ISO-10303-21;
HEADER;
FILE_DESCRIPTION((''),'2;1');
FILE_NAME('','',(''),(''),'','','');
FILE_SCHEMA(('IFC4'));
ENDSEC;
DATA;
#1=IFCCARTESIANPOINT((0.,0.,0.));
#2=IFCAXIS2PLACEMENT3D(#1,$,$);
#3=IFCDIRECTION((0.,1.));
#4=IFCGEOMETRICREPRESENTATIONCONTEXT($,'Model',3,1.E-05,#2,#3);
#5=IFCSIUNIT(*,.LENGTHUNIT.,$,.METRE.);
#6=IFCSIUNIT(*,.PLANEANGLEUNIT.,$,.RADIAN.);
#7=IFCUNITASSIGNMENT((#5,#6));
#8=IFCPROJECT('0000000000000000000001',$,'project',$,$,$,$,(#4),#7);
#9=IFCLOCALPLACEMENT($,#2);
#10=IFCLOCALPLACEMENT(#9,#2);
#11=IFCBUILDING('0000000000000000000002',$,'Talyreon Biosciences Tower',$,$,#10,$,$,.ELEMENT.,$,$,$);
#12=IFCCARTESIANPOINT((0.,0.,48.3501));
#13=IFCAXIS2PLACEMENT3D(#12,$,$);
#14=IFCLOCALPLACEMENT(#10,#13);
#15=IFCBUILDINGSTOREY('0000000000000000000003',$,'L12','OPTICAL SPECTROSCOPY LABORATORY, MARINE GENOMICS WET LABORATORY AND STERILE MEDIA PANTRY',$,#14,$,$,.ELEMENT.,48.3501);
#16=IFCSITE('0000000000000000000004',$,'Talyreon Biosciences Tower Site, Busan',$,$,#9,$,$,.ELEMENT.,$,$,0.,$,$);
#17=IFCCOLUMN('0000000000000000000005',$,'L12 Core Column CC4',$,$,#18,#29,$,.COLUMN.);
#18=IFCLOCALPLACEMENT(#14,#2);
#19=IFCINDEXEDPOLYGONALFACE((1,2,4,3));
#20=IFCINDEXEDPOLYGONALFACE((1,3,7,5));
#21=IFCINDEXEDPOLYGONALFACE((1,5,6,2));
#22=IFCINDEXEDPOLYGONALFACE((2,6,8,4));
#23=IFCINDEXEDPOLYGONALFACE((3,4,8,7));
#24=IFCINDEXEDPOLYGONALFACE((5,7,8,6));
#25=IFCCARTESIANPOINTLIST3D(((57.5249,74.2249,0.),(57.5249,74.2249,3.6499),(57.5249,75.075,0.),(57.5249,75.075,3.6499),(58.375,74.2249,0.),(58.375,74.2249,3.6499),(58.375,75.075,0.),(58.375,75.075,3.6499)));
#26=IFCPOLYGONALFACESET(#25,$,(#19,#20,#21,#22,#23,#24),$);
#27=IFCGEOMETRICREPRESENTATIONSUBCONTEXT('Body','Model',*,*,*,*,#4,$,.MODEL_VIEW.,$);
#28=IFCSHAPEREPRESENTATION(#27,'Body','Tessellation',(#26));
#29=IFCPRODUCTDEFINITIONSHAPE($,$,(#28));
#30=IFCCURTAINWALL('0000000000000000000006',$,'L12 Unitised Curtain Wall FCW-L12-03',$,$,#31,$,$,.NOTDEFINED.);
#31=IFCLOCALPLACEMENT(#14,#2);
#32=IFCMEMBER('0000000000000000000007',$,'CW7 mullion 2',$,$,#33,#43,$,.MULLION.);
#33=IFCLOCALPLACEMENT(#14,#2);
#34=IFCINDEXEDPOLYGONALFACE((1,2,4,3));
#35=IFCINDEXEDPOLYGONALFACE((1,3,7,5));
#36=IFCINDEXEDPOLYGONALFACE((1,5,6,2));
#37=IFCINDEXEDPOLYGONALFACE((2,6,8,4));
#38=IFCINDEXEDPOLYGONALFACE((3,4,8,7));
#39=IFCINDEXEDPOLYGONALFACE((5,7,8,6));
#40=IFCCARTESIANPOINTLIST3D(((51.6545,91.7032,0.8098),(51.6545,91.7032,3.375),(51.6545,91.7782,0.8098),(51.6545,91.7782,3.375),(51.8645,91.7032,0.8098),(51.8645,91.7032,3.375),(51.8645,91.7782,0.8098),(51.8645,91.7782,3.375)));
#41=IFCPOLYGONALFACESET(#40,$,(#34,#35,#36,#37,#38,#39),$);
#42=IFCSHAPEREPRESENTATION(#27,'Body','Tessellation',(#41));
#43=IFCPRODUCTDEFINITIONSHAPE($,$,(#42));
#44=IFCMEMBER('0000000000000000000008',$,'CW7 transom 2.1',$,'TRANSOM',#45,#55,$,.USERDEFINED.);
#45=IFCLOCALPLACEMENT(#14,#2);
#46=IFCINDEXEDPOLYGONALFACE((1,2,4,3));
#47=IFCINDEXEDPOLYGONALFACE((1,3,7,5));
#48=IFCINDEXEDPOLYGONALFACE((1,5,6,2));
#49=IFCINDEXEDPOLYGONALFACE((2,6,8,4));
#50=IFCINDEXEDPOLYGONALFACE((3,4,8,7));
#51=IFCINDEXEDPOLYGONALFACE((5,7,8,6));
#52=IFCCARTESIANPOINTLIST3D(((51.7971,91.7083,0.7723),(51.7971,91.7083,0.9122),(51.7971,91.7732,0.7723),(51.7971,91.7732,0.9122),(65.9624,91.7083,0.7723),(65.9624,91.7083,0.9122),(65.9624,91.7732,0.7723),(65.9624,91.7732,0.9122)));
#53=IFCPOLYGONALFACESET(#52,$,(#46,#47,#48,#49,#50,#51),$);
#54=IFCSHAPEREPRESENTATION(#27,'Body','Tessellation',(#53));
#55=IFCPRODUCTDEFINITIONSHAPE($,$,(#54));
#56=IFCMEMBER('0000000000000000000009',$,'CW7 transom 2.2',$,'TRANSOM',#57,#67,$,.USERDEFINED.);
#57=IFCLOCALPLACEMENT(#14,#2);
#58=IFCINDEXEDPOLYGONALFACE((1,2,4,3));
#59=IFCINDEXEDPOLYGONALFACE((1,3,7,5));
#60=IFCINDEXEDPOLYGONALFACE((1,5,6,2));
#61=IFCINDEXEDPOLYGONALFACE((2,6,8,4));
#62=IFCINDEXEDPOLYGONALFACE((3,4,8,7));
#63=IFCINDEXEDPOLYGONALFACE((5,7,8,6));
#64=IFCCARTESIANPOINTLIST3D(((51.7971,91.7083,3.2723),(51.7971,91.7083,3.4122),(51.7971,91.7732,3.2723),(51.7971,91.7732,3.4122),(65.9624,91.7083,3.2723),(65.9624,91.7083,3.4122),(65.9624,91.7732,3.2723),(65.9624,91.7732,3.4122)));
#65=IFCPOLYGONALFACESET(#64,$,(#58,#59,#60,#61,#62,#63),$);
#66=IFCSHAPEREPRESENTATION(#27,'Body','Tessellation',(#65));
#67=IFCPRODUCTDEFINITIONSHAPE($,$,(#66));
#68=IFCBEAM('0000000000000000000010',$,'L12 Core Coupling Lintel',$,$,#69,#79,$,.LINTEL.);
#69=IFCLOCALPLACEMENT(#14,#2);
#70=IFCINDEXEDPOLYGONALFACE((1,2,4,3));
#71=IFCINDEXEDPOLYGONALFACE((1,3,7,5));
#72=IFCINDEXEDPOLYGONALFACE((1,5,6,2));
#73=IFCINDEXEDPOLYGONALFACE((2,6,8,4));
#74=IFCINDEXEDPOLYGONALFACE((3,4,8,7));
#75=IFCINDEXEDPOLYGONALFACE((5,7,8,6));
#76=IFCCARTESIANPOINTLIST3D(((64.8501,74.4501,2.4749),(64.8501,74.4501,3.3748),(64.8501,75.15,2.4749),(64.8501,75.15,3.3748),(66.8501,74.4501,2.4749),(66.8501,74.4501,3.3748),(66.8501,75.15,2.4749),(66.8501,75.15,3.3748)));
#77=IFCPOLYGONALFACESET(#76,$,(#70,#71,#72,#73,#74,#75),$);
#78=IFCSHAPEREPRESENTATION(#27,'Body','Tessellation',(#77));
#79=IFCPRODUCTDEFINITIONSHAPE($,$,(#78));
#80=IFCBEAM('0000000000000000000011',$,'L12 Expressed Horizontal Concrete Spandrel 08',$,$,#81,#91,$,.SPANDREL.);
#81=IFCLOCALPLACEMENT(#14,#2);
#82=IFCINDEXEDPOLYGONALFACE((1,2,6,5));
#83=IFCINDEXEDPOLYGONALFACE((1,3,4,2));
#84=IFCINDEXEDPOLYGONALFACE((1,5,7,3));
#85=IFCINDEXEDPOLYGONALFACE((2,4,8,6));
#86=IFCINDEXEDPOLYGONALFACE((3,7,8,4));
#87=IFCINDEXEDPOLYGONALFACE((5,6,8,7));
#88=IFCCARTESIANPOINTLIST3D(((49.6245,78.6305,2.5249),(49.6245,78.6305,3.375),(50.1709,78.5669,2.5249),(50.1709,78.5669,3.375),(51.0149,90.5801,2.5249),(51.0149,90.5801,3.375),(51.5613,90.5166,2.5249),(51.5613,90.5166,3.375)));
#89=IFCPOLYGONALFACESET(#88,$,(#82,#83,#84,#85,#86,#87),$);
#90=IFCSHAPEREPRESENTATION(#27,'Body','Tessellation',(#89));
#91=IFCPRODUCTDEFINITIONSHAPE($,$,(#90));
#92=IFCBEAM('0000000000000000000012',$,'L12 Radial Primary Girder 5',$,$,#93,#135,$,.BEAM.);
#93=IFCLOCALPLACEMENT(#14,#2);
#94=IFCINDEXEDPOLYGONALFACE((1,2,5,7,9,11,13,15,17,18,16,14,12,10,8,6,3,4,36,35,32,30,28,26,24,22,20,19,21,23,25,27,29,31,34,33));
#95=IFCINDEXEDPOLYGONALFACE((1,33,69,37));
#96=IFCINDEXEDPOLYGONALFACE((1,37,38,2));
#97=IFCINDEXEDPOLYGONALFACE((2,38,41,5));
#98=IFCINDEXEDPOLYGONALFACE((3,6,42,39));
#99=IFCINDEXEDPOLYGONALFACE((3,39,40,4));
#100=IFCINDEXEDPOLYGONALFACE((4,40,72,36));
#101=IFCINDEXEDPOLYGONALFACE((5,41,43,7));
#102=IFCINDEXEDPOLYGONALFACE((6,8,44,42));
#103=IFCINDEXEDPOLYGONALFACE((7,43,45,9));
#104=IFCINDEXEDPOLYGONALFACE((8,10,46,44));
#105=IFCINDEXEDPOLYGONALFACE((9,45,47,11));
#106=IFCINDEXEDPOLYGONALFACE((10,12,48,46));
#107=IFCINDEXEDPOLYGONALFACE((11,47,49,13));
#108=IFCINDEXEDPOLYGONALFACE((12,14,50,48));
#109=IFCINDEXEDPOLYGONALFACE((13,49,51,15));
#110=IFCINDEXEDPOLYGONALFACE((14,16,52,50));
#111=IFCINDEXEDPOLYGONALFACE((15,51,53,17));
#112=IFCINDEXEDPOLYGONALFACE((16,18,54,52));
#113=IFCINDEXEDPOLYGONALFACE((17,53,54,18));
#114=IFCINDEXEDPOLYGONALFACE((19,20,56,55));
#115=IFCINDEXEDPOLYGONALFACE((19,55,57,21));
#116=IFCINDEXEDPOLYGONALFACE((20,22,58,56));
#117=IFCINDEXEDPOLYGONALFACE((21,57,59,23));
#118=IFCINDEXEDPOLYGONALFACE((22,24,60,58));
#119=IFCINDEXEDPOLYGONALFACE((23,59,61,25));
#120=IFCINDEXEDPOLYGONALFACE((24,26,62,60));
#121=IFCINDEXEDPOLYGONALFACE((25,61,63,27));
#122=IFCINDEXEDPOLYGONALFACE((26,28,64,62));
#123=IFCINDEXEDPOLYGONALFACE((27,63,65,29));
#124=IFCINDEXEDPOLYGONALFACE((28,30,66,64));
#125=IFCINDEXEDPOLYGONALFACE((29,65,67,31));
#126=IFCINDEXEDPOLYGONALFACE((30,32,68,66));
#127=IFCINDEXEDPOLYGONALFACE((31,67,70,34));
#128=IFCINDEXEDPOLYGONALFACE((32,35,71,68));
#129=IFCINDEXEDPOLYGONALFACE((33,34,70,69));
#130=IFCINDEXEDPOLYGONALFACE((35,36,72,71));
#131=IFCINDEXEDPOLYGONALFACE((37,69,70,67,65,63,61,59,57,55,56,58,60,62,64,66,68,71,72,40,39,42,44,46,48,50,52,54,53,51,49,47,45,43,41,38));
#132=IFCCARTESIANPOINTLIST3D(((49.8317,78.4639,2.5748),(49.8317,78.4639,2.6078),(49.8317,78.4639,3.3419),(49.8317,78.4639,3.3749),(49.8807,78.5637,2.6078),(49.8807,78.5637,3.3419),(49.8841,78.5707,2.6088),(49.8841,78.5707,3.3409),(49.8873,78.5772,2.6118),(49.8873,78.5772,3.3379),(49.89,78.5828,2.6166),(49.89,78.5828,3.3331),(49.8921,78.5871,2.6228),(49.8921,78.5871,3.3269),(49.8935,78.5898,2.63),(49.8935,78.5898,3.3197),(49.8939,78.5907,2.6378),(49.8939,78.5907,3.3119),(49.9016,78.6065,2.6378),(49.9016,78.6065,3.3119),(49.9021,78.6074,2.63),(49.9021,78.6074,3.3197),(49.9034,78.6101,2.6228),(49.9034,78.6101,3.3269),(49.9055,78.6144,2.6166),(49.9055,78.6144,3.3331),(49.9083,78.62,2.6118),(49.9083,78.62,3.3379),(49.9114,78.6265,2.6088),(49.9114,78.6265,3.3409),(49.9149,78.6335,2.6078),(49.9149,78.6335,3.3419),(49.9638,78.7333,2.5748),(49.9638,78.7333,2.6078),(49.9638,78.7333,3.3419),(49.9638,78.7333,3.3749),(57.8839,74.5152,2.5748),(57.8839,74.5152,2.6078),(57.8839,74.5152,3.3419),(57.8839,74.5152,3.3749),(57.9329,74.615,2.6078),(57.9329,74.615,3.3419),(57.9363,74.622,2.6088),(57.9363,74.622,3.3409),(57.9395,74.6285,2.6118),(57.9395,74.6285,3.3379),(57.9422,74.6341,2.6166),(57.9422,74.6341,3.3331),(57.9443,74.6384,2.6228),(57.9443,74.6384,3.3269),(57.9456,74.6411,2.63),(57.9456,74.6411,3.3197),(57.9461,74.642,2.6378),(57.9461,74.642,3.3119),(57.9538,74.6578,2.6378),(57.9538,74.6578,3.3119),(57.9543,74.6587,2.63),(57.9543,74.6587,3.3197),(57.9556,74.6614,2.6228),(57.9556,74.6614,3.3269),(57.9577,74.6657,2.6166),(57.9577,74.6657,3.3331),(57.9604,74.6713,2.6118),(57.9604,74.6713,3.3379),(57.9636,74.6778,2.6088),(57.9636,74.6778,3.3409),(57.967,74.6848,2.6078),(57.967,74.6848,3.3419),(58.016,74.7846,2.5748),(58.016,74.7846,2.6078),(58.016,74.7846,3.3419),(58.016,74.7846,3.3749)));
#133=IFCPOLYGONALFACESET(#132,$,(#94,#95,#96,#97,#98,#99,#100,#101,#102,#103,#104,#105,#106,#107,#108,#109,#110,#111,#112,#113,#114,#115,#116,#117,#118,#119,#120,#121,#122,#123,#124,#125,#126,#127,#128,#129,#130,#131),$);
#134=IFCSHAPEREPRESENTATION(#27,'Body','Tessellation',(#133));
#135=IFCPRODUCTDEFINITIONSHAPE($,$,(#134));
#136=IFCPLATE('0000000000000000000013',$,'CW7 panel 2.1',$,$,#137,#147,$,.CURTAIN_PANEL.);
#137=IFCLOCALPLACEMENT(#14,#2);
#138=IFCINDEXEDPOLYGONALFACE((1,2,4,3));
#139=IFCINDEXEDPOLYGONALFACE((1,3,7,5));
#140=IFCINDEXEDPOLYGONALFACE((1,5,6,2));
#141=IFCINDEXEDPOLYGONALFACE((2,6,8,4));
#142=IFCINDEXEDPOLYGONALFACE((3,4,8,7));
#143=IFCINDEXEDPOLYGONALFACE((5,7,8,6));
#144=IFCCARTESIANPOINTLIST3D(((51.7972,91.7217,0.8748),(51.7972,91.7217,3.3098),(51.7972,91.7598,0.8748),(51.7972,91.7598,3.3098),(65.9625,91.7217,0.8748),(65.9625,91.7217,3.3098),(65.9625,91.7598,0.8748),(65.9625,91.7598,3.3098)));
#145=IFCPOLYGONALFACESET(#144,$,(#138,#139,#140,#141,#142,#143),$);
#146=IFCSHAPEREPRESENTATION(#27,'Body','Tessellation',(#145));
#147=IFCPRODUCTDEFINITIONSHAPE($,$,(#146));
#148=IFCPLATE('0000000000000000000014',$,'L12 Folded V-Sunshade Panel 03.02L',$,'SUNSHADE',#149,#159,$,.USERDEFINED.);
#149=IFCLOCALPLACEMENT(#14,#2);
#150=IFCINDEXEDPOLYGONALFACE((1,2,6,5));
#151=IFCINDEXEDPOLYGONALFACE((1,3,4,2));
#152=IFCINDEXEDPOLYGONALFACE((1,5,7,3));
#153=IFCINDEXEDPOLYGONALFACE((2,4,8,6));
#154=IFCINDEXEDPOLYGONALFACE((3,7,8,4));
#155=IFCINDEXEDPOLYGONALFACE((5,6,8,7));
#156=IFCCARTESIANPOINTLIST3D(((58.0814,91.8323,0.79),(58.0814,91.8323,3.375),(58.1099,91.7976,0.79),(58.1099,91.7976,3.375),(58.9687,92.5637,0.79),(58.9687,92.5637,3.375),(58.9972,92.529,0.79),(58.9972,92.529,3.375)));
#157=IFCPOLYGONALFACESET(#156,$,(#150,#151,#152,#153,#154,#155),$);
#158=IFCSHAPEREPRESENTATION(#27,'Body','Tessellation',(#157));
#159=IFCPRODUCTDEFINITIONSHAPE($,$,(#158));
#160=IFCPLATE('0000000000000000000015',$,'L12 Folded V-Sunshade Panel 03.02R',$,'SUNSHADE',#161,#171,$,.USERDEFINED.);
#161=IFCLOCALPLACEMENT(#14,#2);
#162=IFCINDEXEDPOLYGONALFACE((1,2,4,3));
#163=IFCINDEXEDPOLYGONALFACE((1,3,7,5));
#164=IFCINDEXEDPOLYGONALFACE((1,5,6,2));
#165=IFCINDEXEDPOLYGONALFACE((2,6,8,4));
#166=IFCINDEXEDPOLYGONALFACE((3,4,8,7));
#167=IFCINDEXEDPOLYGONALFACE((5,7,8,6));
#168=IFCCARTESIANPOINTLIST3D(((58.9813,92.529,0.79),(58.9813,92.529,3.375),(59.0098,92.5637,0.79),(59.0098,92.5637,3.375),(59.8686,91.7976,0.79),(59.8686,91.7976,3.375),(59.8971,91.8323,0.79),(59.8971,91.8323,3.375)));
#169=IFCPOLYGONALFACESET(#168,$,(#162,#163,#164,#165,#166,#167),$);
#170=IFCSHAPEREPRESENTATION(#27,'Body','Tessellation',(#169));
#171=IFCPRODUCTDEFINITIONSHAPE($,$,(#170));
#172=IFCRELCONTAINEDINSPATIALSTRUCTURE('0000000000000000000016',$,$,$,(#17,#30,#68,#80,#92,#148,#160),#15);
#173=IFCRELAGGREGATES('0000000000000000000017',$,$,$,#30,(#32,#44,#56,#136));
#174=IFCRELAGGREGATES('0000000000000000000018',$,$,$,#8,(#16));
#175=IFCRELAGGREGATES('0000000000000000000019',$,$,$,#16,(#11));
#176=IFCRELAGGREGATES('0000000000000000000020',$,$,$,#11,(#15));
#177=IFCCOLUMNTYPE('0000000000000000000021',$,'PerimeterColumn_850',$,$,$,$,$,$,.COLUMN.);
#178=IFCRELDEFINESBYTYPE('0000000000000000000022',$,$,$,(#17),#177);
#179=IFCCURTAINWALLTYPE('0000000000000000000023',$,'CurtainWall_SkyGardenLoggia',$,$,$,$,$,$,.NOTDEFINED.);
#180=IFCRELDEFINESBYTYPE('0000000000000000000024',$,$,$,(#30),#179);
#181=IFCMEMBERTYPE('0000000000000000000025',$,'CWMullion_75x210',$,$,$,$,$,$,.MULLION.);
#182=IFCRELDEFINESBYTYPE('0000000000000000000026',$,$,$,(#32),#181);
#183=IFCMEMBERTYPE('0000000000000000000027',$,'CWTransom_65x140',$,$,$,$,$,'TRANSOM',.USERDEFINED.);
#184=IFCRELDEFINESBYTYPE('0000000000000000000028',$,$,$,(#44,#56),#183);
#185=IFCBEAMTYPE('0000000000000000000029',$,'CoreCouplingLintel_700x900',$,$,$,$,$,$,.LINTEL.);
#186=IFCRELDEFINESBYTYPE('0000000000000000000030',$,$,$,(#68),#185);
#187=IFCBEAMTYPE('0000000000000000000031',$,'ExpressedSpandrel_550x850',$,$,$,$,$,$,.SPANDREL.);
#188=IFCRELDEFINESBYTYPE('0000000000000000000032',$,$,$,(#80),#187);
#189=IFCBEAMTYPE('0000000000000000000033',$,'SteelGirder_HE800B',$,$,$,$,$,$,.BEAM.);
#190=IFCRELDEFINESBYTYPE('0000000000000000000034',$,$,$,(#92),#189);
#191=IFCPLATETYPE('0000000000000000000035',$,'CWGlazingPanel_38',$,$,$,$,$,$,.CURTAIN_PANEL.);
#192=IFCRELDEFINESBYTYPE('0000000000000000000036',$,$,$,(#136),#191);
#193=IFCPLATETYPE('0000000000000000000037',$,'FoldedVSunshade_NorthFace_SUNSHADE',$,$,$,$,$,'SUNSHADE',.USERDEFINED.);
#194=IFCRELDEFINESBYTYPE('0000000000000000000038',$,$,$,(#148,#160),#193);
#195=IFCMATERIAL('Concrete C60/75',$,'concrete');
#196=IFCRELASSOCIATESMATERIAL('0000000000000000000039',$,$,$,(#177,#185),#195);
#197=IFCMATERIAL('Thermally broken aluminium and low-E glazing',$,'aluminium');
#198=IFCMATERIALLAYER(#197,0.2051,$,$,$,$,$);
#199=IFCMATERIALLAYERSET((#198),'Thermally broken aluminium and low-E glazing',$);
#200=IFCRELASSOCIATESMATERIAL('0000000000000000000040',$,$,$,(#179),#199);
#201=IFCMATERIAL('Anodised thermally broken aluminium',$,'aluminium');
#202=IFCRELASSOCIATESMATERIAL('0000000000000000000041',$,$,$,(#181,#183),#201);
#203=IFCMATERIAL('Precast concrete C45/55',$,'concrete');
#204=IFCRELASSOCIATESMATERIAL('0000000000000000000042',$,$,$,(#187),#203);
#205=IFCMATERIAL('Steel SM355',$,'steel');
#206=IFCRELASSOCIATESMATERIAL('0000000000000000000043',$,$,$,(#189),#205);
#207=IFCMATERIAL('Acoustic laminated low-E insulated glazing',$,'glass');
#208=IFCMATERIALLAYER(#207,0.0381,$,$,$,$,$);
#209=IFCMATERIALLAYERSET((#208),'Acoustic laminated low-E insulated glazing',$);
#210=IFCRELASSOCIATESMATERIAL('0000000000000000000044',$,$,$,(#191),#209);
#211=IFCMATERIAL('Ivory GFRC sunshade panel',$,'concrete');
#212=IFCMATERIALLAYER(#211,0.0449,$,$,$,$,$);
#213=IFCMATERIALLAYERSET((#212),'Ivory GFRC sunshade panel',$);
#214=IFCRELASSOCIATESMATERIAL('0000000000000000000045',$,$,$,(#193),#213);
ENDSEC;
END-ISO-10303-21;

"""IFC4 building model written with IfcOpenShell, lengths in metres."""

from ifc_helpers import new_model, si_unit, direction, frame, origin, origin_2d, place, context, subcontext, project, spatial, rectangle, i_section, extrude, material, layer, layer_set, material_profile, profile_set, type_object, element, aggregate, save


model = new_model("IFC4")

# Units and contexts
model_context = context("Model", 3, precision=1e-05, world=origin(), true_north=direction((0.0, 1.0)))
body_context = subcontext(model_context, "Body", "Model", "MODEL_VIEW")
ifc_project = project(units=[si_unit("LENGTHUNIT", "METRE"), si_unit("PLANEANGLEUNIT", "RADIAN")], contexts=[model_context])

# Site, building, storey
site_placement = place(None, origin())
site = spatial("IfcSite", under=ifc_project, at=site_placement, Name="Talyreon Biosciences Tower Site, Busan", CompositionType="ELEMENT", RefElevation=0.0)
building_placement = place(site_placement, origin())
building = spatial("IfcBuilding", under=site, at=building_placement, Name="Talyreon Biosciences Tower", CompositionType="ELEMENT")
storey_placement = place(building_placement, frame((0.0, 0.0, 48.3501)))
storey = spatial("IfcBuildingStorey", under=building, at=storey_placement, Name="L12", Description="OPTICAL SPECTROSCOPY LABORATORY, MARINE GENOMICS WET LABORATORY AND STERILE MEDIA PANTRY", CompositionType="ELEMENT", Elevation=48.3501)

# Column
ifc_material_1 = material(Name="Concrete C60/75", Category="concrete")
ifc_material_profile_1 = material_profile(ifc_material_1, rectangle(XDim=0.8501, YDim=0.8501, at=origin_2d()), Name="RC 850x850")
ifc_profile_set_1 = profile_set([ifc_material_profile_1], Name="Concrete C60/75")
column_type = type_object("IfcColumnType", Name="PerimeterColumn_850", PredefinedType="COLUMN", material=ifc_profile_set_1)
column_placement = place(storey_placement, frame((57.95, 74.6499, 0.0), z_axis=(0.0, 0.0, 1.0), x_axis=(1.0, 0.0, 0.0)))
element("IfcColumn", 1, at=column_placement, inside=storey, type_object=column_type, Name="L12 Core Column CC4", PredefinedType="COLUMN", context=body_context, shape_type="SweptSolid", body=[
    extrude(rectangle(XDim=0.8501, YDim=0.8501, at=origin_2d()), origin(), (0.0, 0.0, 1.0), 3.6499),
])

# Curtain wall, members
ifc_material_2 = material(Name="Thermally broken aluminium and low-E glazing", Category="aluminium")
ifc_layer_1 = layer(ifc_material_2, 0.2051)
ifc_layer_set_1 = layer_set([ifc_layer_1], Name="Thermally broken aluminium and low-E glazing")
curtain_wall_type = type_object("IfcCurtainWallType", Name="CurtainWall_SkyGardenLoggia", PredefinedType="NOTDEFINED", material=ifc_layer_set_1)
curtain_wall_placement = place(storey_placement, origin())
curtain_wall = element("IfcCurtainWall", 2, at=curtain_wall_placement, inside=storey, type_object=curtain_wall_type, Name="L12 Unitised Curtain Wall FCW-L12-03", PredefinedType="NOTDEFINED")
ifc_material_3 = material(Name="Anodised thermally broken aluminium", Category="aluminium")
ifc_material_profile_2 = material_profile(ifc_material_3, rectangle(XDim=0.075, YDim=0.21, at=origin_2d()), Name="ALUM MULLION 75x210")
ifc_profile_set_2 = profile_set([ifc_material_profile_2], Name="Anodised thermally broken aluminium")
member_type_1 = type_object("IfcMemberType", Name="CWMullion_75x210", PredefinedType="MULLION", material=ifc_profile_set_2)
member_1_placement = place(storey_placement, frame((51.7595, 91.7407, 0.8098), z_axis=(0.0, 0.0, 1.0), x_axis=(0.0, 1.0, 0.0)))
member_1 = element("IfcMember", 3, at=member_1_placement, type_object=member_type_1, Name="CW7 mullion 2", PredefinedType="MULLION", context=body_context, shape_type="SweptSolid", body=[
    extrude(rectangle(XDim=0.075, YDim=0.21, at=origin_2d()), origin(), (0.0, 0.0, 1.0), 2.5652),
])
ifc_material_profile_3 = material_profile(ifc_material_3, rectangle(XDim=0.0649, YDim=0.1399, at=origin_2d()), Name="ALUM TRANSOM 65x140")
ifc_profile_set_3 = profile_set([ifc_material_profile_3], Name="Anodised thermally broken aluminium")
member_type_2 = type_object("IfcMemberType", Name="CWTransom_65x140", ElementType="TRANSOM", PredefinedType="USERDEFINED", material=ifc_profile_set_3)
member_2_placement = place(storey_placement, frame((51.7971, 91.7407, 0.8423), z_axis=(1.0, 0.0, 0.0), x_axis=(0.0, 1.0, 0.0)))
member_2 = element("IfcMember", 4, at=member_2_placement, type_object=member_type_2, Name="CW7 transom 2.1", ObjectType="TRANSOM", PredefinedType="USERDEFINED", context=body_context, shape_type="SweptSolid", body=[
    extrude(rectangle(XDim=0.0649, YDim=0.1399, at=origin_2d()), origin(), (0.0, 0.0, 1.0), 14.1653),
])
member_3_placement = place(storey_placement, frame((51.7971, 91.7407, 3.3423), z_axis=(1.0, 0.0, 0.0), x_axis=(0.0, 1.0, 0.0)))
member_3 = element("IfcMember", 5, at=member_3_placement, type_object=member_type_2, Name="CW7 transom 2.2", ObjectType="TRANSOM", PredefinedType="USERDEFINED", context=body_context, shape_type="SweptSolid", body=[
    extrude(rectangle(XDim=0.0649, YDim=0.1399, at=origin_2d()), origin(), (0.0, 0.0, 1.0), 14.1653),
])

# Beams
ifc_material_profile_4 = material_profile(ifc_material_1, rectangle(XDim=0.7, YDim=0.8999, at=origin_2d()), Name="RCB 700x900")
ifc_profile_set_4 = profile_set([ifc_material_profile_4], Name="Concrete C60/75")
beam_type_1 = type_object("IfcBeamType", Name="CoreCouplingLintel_700x900", PredefinedType="LINTEL", material=ifc_profile_set_4)
beam_1_placement = place(storey_placement, frame((64.8501, 74.8, 2.9248), z_axis=(1.0, 0.0, 0.0), x_axis=(0.0, 1.0, 0.0)))
element("IfcBeam", 6, at=beam_1_placement, inside=storey, type_object=beam_type_1, Name="L12 Core Coupling Lintel", PredefinedType="LINTEL", context=body_context, shape_type="SweptSolid", body=[
    extrude(rectangle(XDim=0.7, YDim=0.8999, at=origin_2d()), origin(), (0.0, 0.0, 1.0), 2.0),
])
ifc_material_4 = material(Name="Precast concrete C45/55", Category="concrete")
ifc_material_profile_5 = material_profile(ifc_material_4, rectangle(XDim=0.55, YDim=0.8501, at=origin_2d()), Name="RCB 550x850")
ifc_profile_set_5 = profile_set([ifc_material_profile_5], Name="Precast concrete C45/55")
beam_type_2 = type_object("IfcBeamType", Name="ExpressedSpandrel_550x850", PredefinedType="SPANDREL", material=ifc_profile_set_5)
beam_2_placement = place(storey_placement, frame((51.2881, 90.5483, 2.95), z_axis=(-0.115573, -0.993299, 0.0), x_axis=(0.993299, -0.115573, 0.0)))
element("IfcBeam", 7, at=beam_2_placement, inside=storey, type_object=beam_type_2, Name="L12 Expressed Horizontal Concrete Spandrel 08", PredefinedType="SPANDREL", context=body_context, shape_type="SweptSolid", body=[
    extrude(rectangle(XDim=0.55, YDim=0.8501, at=origin_2d()), origin(), (0.0, 0.0, 1.0), 12.0303),
])
ifc_material_5 = material(Name="Steel SM355", Category="steel")
ifc_material_profile_6 = material_profile(ifc_material_5, i_section(OverallWidth=0.3, OverallDepth=0.8, WebThickness=0.0176, FlangeThickness=0.033, FilletRadius=0.03, at=origin_2d()), Name="HE800B")
ifc_profile_set_6 = profile_set([ifc_material_profile_6], Name="Steel SM355")
beam_type_3 = type_object("IfcBeamType", Name="SteelGirder_HE800B", PredefinedType="BEAM", material=ifc_profile_set_6)
beam_3_placement = place(storey_placement, frame((57.95, 74.6499, 2.9749), z_axis=(-0.897852, 0.440297, 0.0), x_axis=(-0.440297, -0.897852, 0.0)))
element("IfcBeam", 8, at=beam_3_placement, inside=storey, type_object=beam_type_3, Name="L12 Radial Primary Girder 5", PredefinedType="BEAM", context=body_context, shape_type="SweptSolid", body=[
    extrude(i_section(OverallWidth=0.3, OverallDepth=0.8, WebThickness=0.0176, FlangeThickness=0.033, FilletRadius=0.03, at=origin_2d()), origin(), (0.0, 0.0, 1.0), 8.9683),
])

# Plate
ifc_material_6 = material(Name="Acoustic laminated low-E insulated glazing", Category="glass")
ifc_layer_2 = layer(ifc_material_6, 0.0381)
ifc_layer_set_2 = layer_set([ifc_layer_2], Name="Acoustic laminated low-E insulated glazing")
plate_type_1 = type_object("IfcPlateType", Name="CWGlazingPanel_38", PredefinedType="CURTAIN_PANEL", material=ifc_layer_set_2)
plate_placement = place(storey_placement, frame((58.8799, 91.7407, 0.8748), z_axis=(0.0, 0.0, 1.0), x_axis=(1.0, 0.0, 0.0)))
plate = element("IfcPlate", 9, at=plate_placement, type_object=plate_type_1, Name="CW7 panel 2.1", PredefinedType="CURTAIN_PANEL", context=body_context, shape_type="SweptSolid", body=[
    extrude(rectangle(XDim=14.1653, YDim=0.0381, at=origin_2d()), origin(), (0.0, 0.0, 1.0), 2.4351),
])
aggregate(curtain_wall, [member_1, member_2, member_3, plate])

# Plates
ifc_material_7 = material(Name="Ivory GFRC sunshade panel", Category="concrete")
ifc_layer_3 = layer(ifc_material_7, 0.0449)
ifc_layer_set_3 = layer_set([ifc_layer_3], Name="Ivory GFRC sunshade panel")
plate_type_2 = type_object("IfcPlateType", Name="FoldedVSunshade_NorthFace_SUNSHADE", ElementType="SUNSHADE", PredefinedType="USERDEFINED", material=ifc_layer_set_3)
for number, where, z_axis, x_axis, name in (
    (10, (58.5393, 92.1807, 0.79), (0.0, 0.0, 1.0), (0.771625, 0.636078, 0.0), "L12 Folded V-Sunshade Panel 03.02L"),
    (11, (59.4392, 92.1807, 0.79), (0.0, 0.0, 1.0), (0.771625, -0.636078, 0.0), "L12 Folded V-Sunshade Panel 03.02R"),
):
    element("IfcPlate", number, at=place(storey_placement, frame(where, z_axis=z_axis, x_axis=x_axis)), inside=storey, type_object=plate_type_2, Name=name, ObjectType="SUNSHADE", PredefinedType="USERDEFINED", context=body_context, shape_type="SweptSolid", body=[
        extrude(rectangle(XDim=1.1499, YDim=0.0449, at=origin_2d()), origin(), (0.0, 0.0, 1.0), 2.585),
    ])

save(model, "model.ifc")
